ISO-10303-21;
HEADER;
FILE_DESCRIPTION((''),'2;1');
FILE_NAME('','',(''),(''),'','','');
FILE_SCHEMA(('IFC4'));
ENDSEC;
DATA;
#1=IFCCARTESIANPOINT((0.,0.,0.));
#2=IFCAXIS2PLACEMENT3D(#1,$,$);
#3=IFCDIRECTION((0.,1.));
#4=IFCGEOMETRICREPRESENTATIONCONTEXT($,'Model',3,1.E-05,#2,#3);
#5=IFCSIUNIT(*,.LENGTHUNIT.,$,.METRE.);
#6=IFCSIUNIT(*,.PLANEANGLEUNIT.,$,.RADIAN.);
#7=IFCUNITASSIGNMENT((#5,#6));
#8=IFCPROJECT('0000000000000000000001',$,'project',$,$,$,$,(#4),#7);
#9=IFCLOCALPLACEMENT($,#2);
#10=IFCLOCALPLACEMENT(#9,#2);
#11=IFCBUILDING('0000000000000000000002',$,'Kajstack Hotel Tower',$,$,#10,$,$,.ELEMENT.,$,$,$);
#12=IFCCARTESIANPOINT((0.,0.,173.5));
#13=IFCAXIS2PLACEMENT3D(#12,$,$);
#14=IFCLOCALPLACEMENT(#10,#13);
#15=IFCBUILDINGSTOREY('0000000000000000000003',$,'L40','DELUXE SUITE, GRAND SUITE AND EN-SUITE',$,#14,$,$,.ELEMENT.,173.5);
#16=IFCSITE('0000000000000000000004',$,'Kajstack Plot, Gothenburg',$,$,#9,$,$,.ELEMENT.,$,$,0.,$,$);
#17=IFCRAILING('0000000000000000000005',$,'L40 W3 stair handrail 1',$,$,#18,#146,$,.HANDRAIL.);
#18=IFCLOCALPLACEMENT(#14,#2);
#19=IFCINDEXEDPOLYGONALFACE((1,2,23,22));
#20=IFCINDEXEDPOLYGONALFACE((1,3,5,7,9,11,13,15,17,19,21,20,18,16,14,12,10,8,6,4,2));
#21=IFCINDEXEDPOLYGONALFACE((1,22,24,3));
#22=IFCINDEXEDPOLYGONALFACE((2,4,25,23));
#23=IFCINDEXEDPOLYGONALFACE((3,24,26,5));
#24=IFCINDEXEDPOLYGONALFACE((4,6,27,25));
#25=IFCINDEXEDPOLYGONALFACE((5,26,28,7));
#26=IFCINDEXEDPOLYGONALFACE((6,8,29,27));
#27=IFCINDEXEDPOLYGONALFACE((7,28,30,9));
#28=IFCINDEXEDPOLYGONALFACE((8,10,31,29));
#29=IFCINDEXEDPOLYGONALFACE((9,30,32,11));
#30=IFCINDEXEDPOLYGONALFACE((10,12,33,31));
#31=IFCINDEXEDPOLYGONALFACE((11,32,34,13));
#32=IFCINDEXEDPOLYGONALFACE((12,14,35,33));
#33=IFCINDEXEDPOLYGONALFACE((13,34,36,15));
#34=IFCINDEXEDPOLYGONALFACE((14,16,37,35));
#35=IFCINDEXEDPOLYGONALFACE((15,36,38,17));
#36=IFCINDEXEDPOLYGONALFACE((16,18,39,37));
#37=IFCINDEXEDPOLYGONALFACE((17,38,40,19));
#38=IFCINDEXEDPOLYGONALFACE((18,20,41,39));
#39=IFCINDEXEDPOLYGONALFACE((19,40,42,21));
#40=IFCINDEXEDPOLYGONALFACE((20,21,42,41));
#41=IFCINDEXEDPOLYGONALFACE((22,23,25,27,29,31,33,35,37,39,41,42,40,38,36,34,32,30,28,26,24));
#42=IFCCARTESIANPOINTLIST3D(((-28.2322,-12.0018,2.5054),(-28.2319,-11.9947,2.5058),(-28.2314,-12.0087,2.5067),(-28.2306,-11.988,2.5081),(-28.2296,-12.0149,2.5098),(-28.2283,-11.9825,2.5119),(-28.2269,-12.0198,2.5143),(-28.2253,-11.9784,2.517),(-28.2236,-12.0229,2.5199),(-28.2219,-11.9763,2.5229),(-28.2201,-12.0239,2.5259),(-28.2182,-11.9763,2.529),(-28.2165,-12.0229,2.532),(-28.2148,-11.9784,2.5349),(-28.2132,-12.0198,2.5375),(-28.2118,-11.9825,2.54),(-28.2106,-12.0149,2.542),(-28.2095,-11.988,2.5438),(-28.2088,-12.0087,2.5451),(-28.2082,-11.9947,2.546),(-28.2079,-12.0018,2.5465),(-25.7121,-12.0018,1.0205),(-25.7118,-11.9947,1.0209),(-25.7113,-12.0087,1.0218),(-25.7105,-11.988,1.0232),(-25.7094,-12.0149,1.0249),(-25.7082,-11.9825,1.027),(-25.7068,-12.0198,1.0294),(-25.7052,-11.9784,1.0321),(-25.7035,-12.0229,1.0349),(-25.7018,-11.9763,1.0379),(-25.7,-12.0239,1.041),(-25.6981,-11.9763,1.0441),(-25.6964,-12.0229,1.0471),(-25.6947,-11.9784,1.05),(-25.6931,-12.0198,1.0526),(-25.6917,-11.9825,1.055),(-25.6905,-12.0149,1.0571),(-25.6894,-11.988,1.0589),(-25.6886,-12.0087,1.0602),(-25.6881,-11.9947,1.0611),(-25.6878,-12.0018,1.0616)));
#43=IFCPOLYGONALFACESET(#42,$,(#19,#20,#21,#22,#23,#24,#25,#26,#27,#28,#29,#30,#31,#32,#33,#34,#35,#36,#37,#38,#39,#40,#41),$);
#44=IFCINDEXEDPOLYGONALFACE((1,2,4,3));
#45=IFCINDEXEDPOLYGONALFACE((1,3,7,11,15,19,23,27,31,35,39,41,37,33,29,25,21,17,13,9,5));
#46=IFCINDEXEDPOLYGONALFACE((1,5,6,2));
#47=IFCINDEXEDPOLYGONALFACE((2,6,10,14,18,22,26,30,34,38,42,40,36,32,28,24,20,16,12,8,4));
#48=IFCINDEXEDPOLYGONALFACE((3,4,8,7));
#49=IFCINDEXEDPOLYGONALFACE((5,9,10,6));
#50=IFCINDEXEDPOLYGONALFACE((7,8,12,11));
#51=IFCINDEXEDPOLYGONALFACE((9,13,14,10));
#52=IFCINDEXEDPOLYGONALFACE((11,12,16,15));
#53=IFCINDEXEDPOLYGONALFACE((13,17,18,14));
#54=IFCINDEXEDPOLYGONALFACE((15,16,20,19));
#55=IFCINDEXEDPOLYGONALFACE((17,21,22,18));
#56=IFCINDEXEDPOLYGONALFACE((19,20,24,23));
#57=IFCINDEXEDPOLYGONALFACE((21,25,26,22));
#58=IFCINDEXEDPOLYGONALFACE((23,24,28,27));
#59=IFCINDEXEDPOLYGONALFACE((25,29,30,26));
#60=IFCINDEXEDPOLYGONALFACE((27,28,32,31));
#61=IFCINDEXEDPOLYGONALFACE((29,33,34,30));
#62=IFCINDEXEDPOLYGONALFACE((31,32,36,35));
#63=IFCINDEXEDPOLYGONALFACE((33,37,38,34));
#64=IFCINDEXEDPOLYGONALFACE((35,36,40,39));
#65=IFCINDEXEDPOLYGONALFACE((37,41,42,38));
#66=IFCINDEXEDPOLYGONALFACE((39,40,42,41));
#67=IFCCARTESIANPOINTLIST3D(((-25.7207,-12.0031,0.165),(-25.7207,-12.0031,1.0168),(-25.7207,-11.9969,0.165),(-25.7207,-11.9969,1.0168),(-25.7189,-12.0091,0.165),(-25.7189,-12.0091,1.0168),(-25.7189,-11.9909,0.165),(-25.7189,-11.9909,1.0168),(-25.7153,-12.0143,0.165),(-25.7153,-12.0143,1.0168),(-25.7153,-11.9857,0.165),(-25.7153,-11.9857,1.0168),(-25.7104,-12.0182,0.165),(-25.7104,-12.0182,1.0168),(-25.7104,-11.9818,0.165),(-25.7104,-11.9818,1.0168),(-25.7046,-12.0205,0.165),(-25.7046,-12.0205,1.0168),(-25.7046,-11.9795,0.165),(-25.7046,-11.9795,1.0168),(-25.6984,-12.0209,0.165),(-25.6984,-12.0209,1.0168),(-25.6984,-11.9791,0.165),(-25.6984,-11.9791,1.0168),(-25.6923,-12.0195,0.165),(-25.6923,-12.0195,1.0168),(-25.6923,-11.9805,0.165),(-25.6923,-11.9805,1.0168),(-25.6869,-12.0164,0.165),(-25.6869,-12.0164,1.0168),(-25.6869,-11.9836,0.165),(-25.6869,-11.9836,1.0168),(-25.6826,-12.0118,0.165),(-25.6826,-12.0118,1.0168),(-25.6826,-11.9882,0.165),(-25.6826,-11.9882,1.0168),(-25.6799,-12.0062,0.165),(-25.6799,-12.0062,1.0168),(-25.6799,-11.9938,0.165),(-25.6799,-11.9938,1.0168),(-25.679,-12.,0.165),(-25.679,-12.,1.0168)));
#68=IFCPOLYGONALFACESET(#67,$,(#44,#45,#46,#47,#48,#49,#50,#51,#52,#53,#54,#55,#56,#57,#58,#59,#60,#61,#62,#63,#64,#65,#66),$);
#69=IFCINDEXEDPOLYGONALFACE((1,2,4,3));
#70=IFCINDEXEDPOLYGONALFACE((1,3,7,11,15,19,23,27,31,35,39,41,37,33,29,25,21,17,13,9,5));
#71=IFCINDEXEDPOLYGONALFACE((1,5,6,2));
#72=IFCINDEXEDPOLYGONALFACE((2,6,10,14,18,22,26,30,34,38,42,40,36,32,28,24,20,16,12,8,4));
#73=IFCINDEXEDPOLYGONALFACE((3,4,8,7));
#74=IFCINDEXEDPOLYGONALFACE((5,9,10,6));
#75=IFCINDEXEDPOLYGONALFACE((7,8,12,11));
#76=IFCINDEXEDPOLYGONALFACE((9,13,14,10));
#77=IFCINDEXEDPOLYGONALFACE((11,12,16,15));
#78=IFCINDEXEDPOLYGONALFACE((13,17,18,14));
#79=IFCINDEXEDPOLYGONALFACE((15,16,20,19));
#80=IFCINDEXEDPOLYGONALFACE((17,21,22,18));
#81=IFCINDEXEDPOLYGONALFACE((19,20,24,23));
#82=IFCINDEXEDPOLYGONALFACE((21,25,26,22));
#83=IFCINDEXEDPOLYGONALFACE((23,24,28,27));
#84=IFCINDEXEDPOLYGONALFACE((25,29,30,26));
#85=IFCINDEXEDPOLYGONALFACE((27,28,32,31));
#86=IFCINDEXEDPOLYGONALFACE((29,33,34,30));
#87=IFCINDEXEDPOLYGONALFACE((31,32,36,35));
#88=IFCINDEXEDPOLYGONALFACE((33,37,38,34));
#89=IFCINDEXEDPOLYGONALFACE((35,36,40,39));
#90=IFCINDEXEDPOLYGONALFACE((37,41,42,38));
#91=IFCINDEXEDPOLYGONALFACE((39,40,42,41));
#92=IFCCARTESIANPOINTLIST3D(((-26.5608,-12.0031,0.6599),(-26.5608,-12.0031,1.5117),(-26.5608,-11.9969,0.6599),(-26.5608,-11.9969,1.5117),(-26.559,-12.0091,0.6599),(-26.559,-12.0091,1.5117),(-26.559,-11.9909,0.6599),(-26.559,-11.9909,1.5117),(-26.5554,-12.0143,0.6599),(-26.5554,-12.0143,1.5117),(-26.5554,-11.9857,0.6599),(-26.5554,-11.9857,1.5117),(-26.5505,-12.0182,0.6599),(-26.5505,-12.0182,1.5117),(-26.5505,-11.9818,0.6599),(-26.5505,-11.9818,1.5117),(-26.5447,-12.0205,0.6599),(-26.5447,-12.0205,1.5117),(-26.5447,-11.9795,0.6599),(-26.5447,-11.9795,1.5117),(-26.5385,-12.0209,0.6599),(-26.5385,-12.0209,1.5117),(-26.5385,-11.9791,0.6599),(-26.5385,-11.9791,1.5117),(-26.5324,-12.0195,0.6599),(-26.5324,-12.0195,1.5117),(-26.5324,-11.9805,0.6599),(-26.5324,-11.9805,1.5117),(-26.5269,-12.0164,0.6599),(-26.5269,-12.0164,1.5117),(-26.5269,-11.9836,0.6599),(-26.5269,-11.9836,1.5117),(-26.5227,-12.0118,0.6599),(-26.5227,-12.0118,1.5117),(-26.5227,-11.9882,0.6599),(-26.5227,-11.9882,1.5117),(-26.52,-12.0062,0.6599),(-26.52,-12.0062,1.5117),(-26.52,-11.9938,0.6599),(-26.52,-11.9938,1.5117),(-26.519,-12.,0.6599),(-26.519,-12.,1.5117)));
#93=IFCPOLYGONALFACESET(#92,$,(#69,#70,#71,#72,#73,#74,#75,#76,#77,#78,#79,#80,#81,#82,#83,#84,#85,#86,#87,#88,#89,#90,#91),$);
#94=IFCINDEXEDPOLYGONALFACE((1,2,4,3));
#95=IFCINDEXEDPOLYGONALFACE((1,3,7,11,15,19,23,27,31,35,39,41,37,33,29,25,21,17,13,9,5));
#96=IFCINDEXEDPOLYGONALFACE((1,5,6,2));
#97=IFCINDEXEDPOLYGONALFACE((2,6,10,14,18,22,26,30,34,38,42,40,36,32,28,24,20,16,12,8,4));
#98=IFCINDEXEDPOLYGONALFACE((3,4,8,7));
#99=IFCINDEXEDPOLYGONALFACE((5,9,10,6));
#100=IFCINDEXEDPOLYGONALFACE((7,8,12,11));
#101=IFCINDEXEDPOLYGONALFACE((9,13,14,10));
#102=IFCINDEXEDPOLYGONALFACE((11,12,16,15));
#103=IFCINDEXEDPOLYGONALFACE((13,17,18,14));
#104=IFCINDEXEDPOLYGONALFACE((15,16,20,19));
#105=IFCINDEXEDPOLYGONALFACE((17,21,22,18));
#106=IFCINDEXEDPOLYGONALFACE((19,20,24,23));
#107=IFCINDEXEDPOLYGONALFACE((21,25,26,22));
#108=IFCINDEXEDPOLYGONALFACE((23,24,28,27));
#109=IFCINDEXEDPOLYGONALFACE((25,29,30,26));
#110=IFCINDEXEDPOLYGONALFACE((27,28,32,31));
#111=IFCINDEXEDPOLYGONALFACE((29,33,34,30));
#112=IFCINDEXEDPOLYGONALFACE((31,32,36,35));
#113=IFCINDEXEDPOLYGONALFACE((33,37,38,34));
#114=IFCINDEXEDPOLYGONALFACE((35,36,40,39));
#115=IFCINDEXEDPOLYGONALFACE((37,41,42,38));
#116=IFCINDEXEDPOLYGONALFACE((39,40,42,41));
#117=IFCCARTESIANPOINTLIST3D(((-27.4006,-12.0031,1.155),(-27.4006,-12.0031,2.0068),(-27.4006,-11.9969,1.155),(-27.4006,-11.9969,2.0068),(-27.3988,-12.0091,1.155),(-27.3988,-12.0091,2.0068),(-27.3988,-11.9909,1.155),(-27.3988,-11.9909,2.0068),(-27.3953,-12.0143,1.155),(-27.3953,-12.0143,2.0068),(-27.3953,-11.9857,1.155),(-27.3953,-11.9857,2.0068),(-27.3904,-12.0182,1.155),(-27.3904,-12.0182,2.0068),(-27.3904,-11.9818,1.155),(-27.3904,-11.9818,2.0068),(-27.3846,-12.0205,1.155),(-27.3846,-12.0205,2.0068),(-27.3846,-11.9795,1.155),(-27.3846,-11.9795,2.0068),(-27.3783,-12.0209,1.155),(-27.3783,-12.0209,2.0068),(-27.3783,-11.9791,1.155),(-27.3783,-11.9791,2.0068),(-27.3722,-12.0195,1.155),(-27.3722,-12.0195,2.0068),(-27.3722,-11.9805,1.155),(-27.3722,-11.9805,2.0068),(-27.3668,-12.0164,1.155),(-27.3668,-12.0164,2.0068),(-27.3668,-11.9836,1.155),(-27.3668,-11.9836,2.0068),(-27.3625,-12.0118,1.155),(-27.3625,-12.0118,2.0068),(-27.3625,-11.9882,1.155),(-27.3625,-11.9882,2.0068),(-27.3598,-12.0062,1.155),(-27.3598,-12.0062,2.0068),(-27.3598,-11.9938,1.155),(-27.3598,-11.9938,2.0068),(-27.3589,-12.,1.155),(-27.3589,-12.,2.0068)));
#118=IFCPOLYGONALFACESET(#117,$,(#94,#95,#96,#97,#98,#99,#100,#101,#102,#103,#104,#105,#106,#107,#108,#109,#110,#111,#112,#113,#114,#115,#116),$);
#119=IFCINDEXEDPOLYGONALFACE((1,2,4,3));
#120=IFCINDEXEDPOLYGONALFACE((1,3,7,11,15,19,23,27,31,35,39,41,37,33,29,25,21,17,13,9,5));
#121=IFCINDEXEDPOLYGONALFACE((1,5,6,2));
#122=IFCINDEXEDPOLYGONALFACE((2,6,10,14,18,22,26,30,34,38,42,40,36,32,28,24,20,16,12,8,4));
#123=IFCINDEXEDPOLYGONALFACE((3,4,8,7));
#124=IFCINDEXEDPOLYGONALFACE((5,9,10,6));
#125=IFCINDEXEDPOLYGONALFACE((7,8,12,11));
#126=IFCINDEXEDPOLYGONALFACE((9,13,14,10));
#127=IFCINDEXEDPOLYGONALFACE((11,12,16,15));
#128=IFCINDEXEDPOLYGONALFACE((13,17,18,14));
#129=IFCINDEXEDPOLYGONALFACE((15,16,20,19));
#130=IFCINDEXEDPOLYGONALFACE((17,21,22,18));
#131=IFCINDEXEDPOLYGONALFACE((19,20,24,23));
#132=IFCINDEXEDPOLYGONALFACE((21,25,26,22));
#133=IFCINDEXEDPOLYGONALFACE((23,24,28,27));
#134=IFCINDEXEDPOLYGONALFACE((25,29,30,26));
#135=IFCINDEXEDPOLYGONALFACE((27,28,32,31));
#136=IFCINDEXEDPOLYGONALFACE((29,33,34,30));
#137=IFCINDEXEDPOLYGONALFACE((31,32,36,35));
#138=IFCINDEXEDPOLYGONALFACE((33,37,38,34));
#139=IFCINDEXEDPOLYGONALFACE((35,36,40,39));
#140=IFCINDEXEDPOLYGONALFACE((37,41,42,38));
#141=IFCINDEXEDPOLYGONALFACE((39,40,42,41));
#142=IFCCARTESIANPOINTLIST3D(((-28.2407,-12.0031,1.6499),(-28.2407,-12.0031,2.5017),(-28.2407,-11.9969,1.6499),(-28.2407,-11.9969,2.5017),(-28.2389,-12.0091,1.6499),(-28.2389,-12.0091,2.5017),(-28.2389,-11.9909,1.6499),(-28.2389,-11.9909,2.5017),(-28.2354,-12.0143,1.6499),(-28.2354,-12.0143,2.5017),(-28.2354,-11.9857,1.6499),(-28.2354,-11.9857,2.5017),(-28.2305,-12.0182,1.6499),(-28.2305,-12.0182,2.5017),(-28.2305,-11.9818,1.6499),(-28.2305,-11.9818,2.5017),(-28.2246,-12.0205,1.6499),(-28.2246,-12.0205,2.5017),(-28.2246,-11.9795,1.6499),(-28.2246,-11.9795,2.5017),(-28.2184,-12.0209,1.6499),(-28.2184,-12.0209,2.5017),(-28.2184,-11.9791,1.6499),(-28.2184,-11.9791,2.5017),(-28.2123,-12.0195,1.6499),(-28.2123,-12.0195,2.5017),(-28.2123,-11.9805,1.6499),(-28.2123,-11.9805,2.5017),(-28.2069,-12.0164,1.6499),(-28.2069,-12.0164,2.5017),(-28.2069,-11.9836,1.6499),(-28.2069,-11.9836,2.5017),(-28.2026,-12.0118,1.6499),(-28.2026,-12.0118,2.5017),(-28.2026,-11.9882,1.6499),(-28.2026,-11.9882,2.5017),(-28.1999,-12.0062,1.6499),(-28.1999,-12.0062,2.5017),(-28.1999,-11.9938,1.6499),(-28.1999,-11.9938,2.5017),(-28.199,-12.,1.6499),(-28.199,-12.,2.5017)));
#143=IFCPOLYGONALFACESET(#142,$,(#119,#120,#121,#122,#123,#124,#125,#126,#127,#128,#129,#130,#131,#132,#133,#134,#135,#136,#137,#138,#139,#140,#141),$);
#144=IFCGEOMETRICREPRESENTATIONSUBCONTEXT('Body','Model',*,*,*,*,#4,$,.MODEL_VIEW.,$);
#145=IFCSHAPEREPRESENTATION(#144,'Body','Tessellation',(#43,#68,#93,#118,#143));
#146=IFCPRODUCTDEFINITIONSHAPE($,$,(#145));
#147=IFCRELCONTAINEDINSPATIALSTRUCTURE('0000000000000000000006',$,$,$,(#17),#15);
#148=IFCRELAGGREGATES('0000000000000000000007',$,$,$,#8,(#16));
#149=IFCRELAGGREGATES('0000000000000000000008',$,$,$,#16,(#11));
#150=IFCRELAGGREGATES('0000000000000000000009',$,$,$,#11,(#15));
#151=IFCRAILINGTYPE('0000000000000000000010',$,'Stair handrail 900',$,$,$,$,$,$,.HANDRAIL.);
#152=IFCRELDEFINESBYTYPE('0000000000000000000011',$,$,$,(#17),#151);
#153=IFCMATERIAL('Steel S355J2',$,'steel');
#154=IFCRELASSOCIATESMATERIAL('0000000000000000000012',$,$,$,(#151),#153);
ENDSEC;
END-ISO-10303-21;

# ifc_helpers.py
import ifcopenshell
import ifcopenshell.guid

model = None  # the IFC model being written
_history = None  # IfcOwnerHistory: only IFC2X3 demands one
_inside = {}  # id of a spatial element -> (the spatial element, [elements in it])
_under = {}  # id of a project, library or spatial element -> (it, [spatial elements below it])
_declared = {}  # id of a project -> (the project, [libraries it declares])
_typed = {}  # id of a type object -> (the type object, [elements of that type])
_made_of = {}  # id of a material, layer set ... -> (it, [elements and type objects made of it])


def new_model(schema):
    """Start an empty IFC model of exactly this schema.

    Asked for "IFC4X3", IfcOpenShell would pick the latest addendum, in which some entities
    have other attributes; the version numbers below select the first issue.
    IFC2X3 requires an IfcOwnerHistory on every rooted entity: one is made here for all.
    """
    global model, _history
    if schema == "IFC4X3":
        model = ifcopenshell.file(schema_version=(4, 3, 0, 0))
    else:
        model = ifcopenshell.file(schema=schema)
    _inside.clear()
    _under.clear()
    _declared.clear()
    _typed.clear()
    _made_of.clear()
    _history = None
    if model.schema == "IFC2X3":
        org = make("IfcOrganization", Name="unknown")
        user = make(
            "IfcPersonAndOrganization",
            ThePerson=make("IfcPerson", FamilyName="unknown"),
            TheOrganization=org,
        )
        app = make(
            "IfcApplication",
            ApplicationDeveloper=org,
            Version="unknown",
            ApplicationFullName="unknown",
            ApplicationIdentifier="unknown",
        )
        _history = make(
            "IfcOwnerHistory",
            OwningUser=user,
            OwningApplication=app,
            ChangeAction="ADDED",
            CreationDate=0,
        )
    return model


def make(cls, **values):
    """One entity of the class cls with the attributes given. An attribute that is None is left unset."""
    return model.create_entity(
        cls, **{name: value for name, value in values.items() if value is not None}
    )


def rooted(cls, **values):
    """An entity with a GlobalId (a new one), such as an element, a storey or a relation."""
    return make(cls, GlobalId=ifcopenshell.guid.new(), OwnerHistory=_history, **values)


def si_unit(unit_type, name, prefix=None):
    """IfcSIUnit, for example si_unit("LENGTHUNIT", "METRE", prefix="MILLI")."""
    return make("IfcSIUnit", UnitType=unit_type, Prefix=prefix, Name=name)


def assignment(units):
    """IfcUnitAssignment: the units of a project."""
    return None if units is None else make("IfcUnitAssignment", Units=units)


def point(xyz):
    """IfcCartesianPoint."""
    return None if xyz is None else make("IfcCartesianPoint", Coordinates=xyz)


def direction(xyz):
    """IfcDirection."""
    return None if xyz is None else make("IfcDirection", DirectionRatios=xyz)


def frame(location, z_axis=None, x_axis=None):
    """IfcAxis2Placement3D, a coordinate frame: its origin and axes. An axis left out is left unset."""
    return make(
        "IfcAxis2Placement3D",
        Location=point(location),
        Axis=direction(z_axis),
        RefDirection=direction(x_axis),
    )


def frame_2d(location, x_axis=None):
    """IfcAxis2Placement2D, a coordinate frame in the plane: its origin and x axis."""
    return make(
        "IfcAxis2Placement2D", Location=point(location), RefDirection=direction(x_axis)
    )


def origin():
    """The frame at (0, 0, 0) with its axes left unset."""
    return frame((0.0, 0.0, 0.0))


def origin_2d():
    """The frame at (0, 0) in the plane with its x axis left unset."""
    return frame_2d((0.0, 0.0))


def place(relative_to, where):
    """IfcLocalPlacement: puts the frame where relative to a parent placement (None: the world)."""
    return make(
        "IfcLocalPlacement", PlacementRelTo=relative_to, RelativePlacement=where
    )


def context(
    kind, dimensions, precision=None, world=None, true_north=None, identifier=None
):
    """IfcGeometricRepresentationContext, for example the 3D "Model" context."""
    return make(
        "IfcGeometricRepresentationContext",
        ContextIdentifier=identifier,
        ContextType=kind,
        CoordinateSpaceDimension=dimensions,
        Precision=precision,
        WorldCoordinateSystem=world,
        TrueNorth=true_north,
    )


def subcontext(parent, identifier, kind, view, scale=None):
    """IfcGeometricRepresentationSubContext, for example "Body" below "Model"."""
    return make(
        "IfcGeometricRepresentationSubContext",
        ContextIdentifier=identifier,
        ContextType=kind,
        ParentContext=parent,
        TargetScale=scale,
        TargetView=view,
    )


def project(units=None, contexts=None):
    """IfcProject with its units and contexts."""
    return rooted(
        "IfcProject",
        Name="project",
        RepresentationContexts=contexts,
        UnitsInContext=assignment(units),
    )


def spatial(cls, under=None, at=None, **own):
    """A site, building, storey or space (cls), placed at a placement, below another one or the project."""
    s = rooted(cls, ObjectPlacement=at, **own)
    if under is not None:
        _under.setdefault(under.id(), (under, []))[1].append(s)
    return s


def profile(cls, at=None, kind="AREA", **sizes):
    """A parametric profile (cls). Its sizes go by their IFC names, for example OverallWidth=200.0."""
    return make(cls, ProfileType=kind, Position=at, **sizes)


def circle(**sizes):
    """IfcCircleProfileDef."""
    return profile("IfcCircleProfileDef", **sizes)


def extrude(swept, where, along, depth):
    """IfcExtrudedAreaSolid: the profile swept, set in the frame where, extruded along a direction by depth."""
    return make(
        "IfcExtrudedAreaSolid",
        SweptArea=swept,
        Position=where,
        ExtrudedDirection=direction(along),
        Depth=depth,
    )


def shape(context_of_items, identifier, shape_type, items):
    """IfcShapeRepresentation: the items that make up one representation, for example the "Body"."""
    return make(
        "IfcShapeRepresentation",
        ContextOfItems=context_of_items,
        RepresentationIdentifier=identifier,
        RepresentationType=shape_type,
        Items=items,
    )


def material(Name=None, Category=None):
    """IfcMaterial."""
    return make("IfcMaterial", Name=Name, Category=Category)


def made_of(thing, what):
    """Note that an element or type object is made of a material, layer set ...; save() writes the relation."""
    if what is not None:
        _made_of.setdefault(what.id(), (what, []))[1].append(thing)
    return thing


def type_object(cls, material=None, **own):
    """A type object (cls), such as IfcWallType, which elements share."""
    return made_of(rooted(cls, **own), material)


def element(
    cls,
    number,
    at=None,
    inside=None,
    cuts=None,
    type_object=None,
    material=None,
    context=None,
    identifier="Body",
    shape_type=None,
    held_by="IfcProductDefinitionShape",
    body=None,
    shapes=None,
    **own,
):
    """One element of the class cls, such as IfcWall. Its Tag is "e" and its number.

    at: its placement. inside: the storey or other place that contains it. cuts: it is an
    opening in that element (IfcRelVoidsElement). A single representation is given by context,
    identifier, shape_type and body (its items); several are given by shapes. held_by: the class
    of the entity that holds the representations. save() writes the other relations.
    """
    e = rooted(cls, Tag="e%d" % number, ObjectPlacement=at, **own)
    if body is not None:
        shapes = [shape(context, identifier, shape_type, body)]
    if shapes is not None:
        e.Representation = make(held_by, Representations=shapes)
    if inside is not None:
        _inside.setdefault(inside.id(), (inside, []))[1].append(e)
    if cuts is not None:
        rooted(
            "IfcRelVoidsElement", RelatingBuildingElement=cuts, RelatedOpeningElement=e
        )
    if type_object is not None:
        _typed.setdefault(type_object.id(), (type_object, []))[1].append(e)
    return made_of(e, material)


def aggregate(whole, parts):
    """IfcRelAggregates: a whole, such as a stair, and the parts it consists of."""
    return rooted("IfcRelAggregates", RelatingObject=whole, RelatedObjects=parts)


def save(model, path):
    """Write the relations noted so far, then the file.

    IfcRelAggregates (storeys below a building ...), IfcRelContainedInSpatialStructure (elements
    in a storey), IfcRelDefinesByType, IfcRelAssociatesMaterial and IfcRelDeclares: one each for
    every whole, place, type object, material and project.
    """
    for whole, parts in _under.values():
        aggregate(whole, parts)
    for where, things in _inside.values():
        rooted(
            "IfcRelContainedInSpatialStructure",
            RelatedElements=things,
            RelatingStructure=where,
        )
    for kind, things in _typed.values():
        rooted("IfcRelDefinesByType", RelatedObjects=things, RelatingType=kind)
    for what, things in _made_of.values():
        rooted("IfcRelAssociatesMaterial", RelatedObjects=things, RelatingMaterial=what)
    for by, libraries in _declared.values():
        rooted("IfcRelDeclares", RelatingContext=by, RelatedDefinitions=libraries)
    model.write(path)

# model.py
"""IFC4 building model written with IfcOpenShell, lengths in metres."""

from ifc_helpers import new_model, si_unit, direction, frame, origin, origin_2d, place, context, subcontext, project, spatial, circle, extrude, material, type_object, element, save


model = new_model("IFC4")

# Units and contexts
model_context = context("Model", 3, precision=1e-05, world=origin(), true_north=direction((0.0, 1.0)))
body_context = subcontext(model_context, "Body", "Model", "MODEL_VIEW")
ifc_project = project(units=[si_unit("LENGTHUNIT", "METRE"), si_unit("PLANEANGLEUNIT", "RADIAN")], contexts=[model_context])

# Site, building, storey
site_placement = place(None, origin())
site = spatial("IfcSite", under=ifc_project, at=site_placement, Name="Kajstack Plot, Gothenburg", CompositionType="ELEMENT", RefElevation=0.0)
building_placement = place(site_placement, origin())
building = spatial("IfcBuilding", under=site, at=building_placement, Name="Kajstack Hotel Tower", CompositionType="ELEMENT")
storey_placement = place(building_placement, frame((0.0, 0.0, 173.5)))
storey = spatial("IfcBuildingStorey", under=building, at=storey_placement, Name="L40", Description="DELUXE SUITE, GRAND SUITE AND EN-SUITE", CompositionType="ELEMENT", Elevation=173.5)

# Railing
ifc_material_1 = material(Name="Steel S355J2", Category="steel")
railing_type_1 = type_object("IfcRailingType", Name="Stair handrail 900", PredefinedType="HANDRAIL", material=ifc_material_1)
railing_1_placement = place(storey_placement, frame((-25.7, -12.0, 0.165)))
element("IfcRailing", 1, at=railing_1_placement, inside=storey, type_object=railing_type_1, Name="L40 W3 stair handrail 1", PredefinedType="HANDRAIL", context=body_context, shape_type="SweptSolid", body=[
    extrude(circle(Radius=0.0239, at=origin_2d()), frame((0.0, 0.0, 0.876), z_axis=(-0.861561, 0.0, 0.507655), x_axis=(0.0, -1.0, 0.0)), (0.0, 0.0, 1.0), 2.925),
    extrude(circle(Radius=0.021, at=origin_2d()), origin(), (0.0, 0.0, 1.0), 0.8518),
    extrude(circle(Radius=0.021, at=origin_2d()), frame((-0.8401, 0.0, 0.4949)), (0.0, 0.0, 1.0), 0.8518),
    extrude(circle(Radius=0.021, at=origin_2d()), frame((-1.6799, 0.0, 0.99)), (0.0, 0.0, 1.0), 0.8518),
    extrude(circle(Radius=0.021, at=origin_2d()), frame((-2.52, 0.0, 1.4849)), (0.0, 0.0, 1.0), 0.8518),
])

save(model, "model.ifc")
